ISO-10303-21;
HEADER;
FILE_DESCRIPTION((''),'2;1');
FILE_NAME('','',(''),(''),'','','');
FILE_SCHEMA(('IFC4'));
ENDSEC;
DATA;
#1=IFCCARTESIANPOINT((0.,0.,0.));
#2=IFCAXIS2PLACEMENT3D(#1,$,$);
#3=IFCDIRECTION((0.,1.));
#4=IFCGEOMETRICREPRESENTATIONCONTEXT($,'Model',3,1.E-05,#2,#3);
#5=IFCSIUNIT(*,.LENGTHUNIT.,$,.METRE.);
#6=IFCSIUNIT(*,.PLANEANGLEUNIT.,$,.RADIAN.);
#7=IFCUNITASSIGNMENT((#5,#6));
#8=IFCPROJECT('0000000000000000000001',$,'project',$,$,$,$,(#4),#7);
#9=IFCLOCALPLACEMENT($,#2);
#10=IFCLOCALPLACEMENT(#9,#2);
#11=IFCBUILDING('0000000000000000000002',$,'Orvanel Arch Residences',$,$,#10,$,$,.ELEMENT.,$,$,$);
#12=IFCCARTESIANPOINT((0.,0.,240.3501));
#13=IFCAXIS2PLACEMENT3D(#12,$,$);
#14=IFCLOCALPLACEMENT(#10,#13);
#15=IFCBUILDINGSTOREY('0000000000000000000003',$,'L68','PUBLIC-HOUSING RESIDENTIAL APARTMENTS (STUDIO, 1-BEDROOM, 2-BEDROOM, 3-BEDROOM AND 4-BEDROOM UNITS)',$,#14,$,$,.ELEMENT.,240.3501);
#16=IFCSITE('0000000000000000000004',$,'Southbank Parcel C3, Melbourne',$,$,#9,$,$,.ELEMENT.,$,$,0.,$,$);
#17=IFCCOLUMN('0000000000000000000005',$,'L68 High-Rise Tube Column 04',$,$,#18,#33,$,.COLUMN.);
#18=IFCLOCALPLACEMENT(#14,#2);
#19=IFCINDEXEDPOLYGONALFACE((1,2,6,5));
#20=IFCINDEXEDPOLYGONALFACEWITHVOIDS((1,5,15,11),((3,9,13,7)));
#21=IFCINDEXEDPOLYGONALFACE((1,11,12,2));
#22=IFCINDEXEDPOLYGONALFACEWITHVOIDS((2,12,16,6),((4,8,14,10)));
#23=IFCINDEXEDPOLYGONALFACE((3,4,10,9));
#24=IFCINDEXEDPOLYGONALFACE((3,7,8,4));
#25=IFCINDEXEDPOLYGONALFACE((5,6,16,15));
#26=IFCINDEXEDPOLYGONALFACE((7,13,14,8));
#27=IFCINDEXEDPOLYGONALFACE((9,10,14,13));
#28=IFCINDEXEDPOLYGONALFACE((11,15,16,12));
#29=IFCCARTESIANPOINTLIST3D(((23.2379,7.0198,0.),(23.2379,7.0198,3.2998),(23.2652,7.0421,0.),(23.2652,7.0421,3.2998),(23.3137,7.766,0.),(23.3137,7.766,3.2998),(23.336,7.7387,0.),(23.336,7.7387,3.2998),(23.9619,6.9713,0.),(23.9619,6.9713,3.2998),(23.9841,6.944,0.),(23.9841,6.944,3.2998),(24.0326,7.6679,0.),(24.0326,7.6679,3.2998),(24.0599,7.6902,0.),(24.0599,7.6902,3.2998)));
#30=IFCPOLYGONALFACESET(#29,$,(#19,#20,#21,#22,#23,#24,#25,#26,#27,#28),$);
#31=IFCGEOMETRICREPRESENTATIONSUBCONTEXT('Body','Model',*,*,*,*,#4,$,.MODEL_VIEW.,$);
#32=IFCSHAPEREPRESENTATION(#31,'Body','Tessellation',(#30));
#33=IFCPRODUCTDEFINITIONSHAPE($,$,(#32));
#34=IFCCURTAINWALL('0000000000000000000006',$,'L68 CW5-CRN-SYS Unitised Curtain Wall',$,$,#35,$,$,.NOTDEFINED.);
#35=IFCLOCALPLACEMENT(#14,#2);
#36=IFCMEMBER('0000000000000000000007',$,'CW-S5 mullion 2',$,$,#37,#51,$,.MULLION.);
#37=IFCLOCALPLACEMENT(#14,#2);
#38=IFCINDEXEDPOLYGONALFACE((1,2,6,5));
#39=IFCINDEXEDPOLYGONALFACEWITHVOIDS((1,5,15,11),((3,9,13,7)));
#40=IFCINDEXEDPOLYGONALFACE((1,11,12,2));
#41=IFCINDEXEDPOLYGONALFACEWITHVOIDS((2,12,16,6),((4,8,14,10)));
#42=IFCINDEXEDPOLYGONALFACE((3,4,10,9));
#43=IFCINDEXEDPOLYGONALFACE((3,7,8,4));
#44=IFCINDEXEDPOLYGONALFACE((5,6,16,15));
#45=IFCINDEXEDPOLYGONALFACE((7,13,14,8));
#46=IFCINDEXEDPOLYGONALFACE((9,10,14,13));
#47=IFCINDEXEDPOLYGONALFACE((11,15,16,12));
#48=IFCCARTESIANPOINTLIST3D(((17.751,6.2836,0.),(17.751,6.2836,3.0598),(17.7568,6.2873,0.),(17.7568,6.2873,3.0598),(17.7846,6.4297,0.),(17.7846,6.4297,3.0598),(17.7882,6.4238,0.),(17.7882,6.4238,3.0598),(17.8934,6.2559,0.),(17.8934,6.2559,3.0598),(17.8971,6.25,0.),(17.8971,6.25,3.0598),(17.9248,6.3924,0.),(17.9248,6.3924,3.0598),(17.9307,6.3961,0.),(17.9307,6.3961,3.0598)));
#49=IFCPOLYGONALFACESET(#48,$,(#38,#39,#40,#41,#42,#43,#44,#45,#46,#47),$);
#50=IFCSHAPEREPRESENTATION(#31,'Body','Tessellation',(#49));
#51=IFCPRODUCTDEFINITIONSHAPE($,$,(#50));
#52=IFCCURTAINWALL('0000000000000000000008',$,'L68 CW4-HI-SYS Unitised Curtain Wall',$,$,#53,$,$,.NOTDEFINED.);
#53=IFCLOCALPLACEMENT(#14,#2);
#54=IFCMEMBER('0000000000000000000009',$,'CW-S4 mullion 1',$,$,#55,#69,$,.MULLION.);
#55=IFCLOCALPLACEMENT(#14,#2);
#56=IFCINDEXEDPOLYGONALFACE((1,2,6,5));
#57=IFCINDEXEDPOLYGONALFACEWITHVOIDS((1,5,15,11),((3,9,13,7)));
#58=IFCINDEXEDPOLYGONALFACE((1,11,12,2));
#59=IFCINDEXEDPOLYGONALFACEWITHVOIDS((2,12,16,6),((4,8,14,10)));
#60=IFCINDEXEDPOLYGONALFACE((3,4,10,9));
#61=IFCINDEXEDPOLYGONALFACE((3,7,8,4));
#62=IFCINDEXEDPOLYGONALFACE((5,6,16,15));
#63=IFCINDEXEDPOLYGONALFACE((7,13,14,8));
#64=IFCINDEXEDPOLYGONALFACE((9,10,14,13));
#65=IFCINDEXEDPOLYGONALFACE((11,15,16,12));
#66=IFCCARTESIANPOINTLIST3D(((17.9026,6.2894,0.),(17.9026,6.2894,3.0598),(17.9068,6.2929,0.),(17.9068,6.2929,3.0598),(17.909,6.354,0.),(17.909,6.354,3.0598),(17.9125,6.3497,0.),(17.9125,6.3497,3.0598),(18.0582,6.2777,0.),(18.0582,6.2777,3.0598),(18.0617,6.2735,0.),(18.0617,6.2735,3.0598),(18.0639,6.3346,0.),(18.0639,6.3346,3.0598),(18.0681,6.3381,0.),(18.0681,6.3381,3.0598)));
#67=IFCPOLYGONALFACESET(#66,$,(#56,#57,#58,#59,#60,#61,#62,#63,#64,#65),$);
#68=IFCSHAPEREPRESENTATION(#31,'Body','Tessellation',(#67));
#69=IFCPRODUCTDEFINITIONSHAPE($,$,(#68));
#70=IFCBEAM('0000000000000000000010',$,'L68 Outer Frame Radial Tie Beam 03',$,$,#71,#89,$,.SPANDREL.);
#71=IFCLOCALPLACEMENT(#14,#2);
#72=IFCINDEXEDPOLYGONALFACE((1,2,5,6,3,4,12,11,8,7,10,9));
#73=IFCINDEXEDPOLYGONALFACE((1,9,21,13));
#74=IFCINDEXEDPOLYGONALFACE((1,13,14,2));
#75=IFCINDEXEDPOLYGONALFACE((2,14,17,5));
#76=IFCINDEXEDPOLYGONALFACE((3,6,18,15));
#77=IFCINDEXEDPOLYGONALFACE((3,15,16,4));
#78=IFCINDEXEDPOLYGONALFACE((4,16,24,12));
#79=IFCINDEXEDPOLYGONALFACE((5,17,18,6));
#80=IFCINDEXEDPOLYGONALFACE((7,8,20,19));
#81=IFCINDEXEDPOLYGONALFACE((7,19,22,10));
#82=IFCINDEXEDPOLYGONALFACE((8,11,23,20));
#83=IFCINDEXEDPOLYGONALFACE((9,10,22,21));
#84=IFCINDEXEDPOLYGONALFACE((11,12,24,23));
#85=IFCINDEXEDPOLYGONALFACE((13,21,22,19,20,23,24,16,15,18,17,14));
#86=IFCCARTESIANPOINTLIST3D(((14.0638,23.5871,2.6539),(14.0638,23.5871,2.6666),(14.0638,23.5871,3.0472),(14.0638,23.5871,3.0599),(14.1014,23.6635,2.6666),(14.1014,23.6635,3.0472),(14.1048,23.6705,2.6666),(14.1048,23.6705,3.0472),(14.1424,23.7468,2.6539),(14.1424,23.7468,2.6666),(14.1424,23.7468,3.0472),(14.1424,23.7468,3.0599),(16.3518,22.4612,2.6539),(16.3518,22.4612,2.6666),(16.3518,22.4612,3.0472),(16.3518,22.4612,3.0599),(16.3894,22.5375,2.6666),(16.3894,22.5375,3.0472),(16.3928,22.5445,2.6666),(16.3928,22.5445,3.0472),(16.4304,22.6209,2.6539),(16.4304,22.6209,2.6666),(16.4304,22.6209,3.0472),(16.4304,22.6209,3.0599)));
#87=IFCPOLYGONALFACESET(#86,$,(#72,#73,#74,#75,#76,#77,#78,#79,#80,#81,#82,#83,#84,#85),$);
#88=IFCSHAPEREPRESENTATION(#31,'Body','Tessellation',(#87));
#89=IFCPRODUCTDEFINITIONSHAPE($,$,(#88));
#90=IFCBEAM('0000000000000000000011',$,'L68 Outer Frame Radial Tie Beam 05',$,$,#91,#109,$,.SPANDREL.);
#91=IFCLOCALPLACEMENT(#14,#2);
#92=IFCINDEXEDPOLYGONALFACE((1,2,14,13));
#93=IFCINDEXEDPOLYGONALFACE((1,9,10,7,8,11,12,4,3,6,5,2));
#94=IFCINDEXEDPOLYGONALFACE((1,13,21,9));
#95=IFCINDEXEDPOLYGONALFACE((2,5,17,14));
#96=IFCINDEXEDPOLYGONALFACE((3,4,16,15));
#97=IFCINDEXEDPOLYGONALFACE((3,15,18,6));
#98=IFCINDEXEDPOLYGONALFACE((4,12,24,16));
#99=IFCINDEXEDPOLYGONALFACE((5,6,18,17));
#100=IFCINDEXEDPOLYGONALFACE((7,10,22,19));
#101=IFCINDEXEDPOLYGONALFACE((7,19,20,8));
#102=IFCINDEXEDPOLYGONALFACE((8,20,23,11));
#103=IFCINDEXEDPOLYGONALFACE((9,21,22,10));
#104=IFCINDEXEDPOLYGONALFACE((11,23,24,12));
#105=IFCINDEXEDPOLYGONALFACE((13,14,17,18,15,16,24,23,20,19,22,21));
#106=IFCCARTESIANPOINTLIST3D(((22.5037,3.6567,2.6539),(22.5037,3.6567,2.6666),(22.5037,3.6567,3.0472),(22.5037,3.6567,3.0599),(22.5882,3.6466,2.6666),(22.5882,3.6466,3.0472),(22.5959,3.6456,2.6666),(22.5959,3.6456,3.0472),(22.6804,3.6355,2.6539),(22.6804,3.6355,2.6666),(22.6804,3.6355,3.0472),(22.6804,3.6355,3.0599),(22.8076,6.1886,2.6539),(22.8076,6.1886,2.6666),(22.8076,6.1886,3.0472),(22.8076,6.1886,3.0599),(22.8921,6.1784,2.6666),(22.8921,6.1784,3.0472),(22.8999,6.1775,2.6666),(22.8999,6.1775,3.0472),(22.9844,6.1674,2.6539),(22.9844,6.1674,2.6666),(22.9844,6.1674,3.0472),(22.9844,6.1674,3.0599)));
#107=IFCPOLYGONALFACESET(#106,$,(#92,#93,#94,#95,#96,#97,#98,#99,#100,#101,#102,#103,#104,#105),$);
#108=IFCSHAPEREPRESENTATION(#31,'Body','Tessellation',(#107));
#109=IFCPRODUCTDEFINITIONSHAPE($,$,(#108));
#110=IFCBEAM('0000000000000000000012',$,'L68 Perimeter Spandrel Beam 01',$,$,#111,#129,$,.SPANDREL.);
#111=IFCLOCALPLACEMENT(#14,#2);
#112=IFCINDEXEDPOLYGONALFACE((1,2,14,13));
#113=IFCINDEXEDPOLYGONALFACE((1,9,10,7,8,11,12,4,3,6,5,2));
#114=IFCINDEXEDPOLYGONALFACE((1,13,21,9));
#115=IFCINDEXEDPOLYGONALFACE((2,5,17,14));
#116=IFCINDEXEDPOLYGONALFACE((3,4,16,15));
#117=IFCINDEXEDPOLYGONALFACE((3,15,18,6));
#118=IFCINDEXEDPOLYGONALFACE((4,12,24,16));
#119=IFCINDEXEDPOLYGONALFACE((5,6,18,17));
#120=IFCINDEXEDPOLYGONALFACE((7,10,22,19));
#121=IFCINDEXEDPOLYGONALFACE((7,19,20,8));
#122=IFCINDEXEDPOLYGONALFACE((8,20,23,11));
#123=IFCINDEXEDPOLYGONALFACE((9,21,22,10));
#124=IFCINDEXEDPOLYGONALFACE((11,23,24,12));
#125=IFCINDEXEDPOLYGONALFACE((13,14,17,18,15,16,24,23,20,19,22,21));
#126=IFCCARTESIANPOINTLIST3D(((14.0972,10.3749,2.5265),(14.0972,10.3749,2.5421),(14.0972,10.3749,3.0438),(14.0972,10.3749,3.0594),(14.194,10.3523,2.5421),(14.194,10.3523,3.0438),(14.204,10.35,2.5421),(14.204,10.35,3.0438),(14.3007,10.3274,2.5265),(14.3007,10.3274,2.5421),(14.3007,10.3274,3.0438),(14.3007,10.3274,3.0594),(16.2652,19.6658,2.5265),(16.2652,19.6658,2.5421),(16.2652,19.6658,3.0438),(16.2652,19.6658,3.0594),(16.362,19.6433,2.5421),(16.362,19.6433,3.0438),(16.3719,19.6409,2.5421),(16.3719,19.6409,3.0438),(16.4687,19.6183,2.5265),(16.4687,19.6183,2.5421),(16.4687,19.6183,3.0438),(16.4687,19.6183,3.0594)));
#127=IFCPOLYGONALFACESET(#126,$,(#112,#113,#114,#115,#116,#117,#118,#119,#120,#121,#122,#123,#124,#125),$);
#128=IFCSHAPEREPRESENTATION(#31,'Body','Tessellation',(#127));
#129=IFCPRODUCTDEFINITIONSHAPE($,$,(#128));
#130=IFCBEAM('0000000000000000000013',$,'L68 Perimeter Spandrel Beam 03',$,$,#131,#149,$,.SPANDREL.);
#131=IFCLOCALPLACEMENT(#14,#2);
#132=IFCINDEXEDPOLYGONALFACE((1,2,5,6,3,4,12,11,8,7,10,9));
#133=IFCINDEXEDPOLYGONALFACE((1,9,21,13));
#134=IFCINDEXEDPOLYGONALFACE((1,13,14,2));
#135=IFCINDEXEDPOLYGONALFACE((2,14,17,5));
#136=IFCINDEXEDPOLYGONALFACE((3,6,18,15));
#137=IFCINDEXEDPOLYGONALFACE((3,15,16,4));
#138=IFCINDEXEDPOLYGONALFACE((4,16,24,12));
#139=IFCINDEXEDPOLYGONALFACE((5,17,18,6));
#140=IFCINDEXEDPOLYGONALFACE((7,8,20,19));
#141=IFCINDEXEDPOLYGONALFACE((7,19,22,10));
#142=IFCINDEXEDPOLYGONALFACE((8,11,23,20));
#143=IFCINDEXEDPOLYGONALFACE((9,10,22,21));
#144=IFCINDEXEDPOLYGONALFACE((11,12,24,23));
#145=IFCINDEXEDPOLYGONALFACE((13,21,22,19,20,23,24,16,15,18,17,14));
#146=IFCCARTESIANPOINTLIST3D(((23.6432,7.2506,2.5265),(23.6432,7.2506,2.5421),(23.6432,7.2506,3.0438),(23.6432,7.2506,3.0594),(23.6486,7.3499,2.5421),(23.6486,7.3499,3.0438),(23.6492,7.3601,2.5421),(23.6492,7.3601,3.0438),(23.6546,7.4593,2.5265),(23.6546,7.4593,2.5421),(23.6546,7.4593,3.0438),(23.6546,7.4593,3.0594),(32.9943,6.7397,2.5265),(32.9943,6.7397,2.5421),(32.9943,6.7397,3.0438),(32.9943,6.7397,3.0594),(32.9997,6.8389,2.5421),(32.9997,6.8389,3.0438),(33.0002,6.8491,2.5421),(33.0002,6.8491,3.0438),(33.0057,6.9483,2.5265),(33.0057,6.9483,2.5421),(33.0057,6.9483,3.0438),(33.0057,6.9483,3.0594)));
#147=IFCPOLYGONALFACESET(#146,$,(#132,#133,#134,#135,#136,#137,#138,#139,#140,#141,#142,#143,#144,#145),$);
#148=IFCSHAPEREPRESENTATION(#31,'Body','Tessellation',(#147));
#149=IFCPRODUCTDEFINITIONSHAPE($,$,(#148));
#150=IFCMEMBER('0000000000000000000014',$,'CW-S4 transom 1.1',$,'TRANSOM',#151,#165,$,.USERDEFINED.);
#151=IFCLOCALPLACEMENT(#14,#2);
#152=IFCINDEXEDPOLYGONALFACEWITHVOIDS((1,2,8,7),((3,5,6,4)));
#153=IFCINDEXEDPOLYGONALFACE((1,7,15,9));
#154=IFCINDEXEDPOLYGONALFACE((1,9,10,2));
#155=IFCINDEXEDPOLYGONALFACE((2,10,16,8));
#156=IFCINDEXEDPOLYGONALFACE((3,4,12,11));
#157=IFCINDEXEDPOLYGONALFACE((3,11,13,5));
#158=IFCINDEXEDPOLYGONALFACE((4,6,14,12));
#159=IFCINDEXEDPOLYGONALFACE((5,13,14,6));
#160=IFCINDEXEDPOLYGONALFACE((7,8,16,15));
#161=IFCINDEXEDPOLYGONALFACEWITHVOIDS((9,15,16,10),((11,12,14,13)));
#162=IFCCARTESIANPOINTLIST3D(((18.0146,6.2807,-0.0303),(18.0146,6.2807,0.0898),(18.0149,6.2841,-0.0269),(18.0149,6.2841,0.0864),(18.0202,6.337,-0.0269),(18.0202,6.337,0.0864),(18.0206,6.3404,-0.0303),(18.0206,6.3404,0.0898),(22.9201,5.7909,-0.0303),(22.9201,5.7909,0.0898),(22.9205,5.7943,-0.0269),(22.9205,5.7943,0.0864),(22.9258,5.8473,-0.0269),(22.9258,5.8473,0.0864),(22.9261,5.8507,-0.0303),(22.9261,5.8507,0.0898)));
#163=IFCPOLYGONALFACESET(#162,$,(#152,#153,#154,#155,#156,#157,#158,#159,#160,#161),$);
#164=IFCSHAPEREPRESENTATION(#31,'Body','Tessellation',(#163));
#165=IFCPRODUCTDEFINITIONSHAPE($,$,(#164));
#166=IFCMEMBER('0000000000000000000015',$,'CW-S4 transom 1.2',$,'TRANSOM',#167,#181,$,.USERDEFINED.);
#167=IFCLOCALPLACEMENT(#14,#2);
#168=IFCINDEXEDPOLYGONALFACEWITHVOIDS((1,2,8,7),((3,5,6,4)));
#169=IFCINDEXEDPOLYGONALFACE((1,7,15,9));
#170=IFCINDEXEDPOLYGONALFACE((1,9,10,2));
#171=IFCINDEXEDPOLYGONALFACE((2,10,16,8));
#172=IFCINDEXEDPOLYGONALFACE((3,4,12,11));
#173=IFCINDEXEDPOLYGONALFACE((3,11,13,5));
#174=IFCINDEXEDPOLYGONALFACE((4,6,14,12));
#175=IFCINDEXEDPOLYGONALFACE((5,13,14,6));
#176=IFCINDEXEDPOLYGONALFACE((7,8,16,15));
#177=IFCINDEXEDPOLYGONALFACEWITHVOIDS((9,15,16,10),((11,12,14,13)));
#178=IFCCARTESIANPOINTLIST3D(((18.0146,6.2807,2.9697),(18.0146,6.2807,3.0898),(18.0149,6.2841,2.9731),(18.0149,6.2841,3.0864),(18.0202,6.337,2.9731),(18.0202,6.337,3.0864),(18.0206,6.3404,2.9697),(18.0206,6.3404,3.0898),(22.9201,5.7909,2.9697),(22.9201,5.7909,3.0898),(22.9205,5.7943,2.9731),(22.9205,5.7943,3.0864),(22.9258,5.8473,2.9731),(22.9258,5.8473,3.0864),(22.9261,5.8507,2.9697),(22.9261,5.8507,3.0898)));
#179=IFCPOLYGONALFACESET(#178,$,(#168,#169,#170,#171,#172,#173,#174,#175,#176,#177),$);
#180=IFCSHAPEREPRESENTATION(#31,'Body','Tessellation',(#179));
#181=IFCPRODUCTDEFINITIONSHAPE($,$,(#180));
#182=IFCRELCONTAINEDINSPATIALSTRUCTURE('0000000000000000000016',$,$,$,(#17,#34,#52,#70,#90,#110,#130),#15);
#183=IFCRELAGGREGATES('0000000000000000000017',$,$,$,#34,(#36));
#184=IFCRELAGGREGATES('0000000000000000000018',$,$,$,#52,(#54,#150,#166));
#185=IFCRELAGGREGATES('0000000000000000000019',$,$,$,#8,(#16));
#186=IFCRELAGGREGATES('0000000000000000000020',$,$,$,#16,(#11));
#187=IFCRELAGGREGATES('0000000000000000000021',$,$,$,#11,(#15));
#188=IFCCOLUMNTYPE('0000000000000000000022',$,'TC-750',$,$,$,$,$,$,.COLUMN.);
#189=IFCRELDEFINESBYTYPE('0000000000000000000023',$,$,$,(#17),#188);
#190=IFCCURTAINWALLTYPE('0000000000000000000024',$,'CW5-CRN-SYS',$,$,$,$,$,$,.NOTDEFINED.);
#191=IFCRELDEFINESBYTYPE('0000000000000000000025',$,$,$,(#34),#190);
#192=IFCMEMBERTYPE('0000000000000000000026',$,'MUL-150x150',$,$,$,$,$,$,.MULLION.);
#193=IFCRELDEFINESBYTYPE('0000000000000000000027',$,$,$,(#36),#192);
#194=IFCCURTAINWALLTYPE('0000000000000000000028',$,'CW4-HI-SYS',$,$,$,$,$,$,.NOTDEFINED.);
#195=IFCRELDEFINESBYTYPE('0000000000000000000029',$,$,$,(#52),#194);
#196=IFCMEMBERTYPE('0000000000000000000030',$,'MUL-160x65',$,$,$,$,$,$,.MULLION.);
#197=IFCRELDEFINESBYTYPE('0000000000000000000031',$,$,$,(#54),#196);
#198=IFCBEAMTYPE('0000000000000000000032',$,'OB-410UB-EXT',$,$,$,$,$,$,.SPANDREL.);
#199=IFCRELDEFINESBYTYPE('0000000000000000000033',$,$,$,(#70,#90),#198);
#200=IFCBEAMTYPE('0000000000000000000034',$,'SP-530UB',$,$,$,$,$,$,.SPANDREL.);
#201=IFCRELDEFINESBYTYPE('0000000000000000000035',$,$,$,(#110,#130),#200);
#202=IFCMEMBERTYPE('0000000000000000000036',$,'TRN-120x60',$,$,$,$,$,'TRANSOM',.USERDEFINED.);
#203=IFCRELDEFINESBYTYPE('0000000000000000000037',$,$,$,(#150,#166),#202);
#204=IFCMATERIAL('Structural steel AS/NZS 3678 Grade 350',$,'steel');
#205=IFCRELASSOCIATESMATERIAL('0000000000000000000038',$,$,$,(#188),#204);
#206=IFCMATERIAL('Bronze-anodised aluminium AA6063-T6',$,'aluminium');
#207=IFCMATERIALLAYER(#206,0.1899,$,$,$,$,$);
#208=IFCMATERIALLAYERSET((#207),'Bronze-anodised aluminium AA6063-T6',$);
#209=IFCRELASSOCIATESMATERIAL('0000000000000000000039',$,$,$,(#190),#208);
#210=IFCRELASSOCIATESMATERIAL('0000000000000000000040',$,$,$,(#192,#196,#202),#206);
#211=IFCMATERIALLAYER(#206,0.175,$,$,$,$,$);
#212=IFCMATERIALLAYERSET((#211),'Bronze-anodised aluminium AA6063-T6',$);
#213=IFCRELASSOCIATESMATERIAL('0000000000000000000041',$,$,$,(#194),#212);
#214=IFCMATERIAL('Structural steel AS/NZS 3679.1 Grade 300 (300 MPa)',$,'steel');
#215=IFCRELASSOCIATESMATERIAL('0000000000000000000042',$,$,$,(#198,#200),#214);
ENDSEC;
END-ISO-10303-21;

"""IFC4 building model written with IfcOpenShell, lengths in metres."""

from ifc_helpers import new_model, si_unit, direction, frame, origin, origin_2d, place, context, subcontext, project, spatial, hollow_rectangle, i_section, extrude, material, layer, layer_set, material_profile, profile_set, type_object, element, aggregate, save


model = new_model("IFC4")

# Units and contexts
model_context = context("Model", 3, precision=1e-05, world=origin(), true_north=direction((0.0, 1.0)))
body_context = subcontext(model_context, "Body", "Model", "MODEL_VIEW")
ifc_project = project(units=[si_unit("LENGTHUNIT", "METRE"), si_unit("PLANEANGLEUNIT", "RADIAN")], contexts=[model_context])

# Site, building, storey
site_placement = place(None, origin())
site = spatial("IfcSite", under=ifc_project, at=site_placement, Name="Southbank Parcel C3, Melbourne", CompositionType="ELEMENT", RefElevation=0.0)
building_placement = place(site_placement, origin())
building = spatial("IfcBuilding", under=site, at=building_placement, Name="Orvanel Arch Residences", CompositionType="ELEMENT")
storey_placement = place(building_placement, frame((0.0, 0.0, 240.3501)))
storey = spatial("IfcBuildingStorey", under=building, at=storey_placement, Name="L68", Description="PUBLIC-HOUSING RESIDENTIAL APARTMENTS (STUDIO, 1-BEDROOM, 2-BEDROOM, 3-BEDROOM AND 4-BEDROOM UNITS)", CompositionType="ELEMENT", Elevation=240.3501)

# Column
ifc_material_1 = material(Name="Structural steel AS/NZS 3678 Grade 350", Category="steel")
ifc_material_profile_1 = material_profile(ifc_material_1, hollow_rectangle(XDim=0.75, YDim=0.75, WallThickness=0.0249, at=origin_2d()), Name="BOX750x750x25")
ifc_profile_set_1 = profile_set([ifc_material_profile_1], Name="Structural steel AS/NZS 3678 Grade 350")
column_type = type_object("IfcColumnType", Name="TC-750", PredefinedType="COLUMN", material=ifc_profile_set_1)
column_placement = place(storey_placement, frame((23.6489, 7.355, 0.0), z_axis=(0.0, 0.0, 1.0), x_axis=(-0.994881, 0.101056, 0.0)))
element("IfcColumn", 1, at=column_placement, inside=storey, type_object=column_type, Name="L68 High-Rise Tube Column 04", PredefinedType="COLUMN", context=body_context, shape_type="SweptSolid", body=[
    extrude(hollow_rectangle(XDim=0.75, YDim=0.75, WallThickness=0.0249, at=origin_2d()), origin(), (0.0, 0.0, 1.0), 3.2998),
])

# Curtain walls, members
ifc_material_2 = material(Name="Bronze-anodised aluminium AA6063-T6", Category="aluminium")
ifc_layer_1 = layer(ifc_material_2, 0.1899)
ifc_layer_set_1 = layer_set([ifc_layer_1], Name="Bronze-anodised aluminium AA6063-T6")
curtain_wall_type_1 = type_object("IfcCurtainWallType", Name="CW5-CRN-SYS", PredefinedType="NOTDEFINED", material=ifc_layer_set_1)
curtain_wall_1_placement = place(storey_placement, origin())
curtain_wall_1 = element("IfcCurtainWall", 2, at=curtain_wall_1_placement, inside=storey, type_object=curtain_wall_type_1, Name="L68 CW5-CRN-SYS Unitised Curtain Wall", PredefinedType="NOTDEFINED")
ifc_material_profile_2 = material_profile(ifc_material_2, hollow_rectangle(XDim=0.1499, YDim=0.1499, WallThickness=0.0049, at=origin_2d()), Name="ALU150x150x5")
ifc_profile_set_2 = profile_set([ifc_material_profile_2], Name="Bronze-anodised aluminium AA6063-T6")
member_type_1 = type_object("IfcMemberType", Name="MUL-150x150", PredefinedType="MULLION", material=ifc_profile_set_2)
member_1_placement = place(storey_placement, frame((17.8408, 6.3398, 0.0), z_axis=(0.0, 0.0, 1.0), x_axis=(0.224155, 0.974554, 0.0)))
member_1 = element("IfcMember", 3, at=member_1_placement, type_object=member_type_1, Name="CW-S5 mullion 2", PredefinedType="MULLION", context=body_context, shape_type="SweptSolid", body=[
    extrude(hollow_rectangle(XDim=0.1499, YDim=0.1499, WallThickness=0.0049, at=origin_2d()), origin(), (0.0, 0.0, 1.0), 3.0598),
])
aggregate(curtain_wall_1, [member_1])
ifc_layer_2 = layer(ifc_material_2, 0.175)
ifc_layer_set_2 = layer_set([ifc_layer_2], Name="Bronze-anodised aluminium AA6063-T6")
curtain_wall_type_2 = type_object("IfcCurtainWallType", Name="CW4-HI-SYS", PredefinedType="NOTDEFINED", material=ifc_layer_set_2)
curtain_wall_2_placement = place(storey_placement, origin())
curtain_wall_2 = element("IfcCurtainWall", 4, at=curtain_wall_2_placement, inside=storey, type_object=curtain_wall_type_2, Name="L68 CW4-HI-SYS Unitised Curtain Wall", PredefinedType="NOTDEFINED")
ifc_material_profile_3 = material_profile(ifc_material_2, hollow_rectangle(XDim=0.0649, YDim=0.1599, WallThickness=0.0039, at=origin_2d()), Name="ALU160x65x4")
ifc_profile_set_3 = profile_set([ifc_material_profile_3], Name="Bronze-anodised aluminium AA6063-T6")
member_type_2 = type_object("IfcMemberType", Name="MUL-160x65", PredefinedType="MULLION", material=ifc_profile_set_3)
member_2_placement = place(storey_placement, frame((17.9854, 6.3137, 0.0), z_axis=(0.0, 0.0, 1.0), x_axis=(0.099356, 0.995052, 0.0)))
member_2 = element("IfcMember", 5, at=member_2_placement, type_object=member_type_2, Name="CW-S4 mullion 1", PredefinedType="MULLION", context=body_context, shape_type="SweptSolid", body=[
    extrude(hollow_rectangle(XDim=0.0649, YDim=0.1599, WallThickness=0.0039, at=origin_2d()), origin(), (0.0, 0.0, 1.0), 3.0598),
])

# Beams
ifc_material_3 = material(Name="Structural steel AS/NZS 3679.1 Grade 300 (300 MPa)", Category="steel")
ifc_material_profile_4 = material_profile(ifc_material_3, i_section(OverallWidth=0.178, OverallDepth=0.406, WebThickness=0.0078, FlangeThickness=0.0127, at=origin_2d()), Name="410UB59.7")
ifc_profile_set_4 = profile_set([ifc_material_profile_4], Name="Structural steel AS/NZS 3679.1 Grade 300 (300 MPa)")
beam_type_1 = type_object("IfcBeamType", Name="OB-410UB-EXT", PredefinedType="SPANDREL", material=ifc_profile_set_4)
for number, where, z_axis, x_axis, name in (
    (6, (16.3911, 22.541, 2.8569), (-0.897243, 0.441537, 0.0), (-0.441537, -0.897243, 0.0), "L68 Outer Frame Radial Tie Beam 03"),
    (7, (22.896, 6.178, 2.8569), (-0.119191, -0.992871, 0.0), (0.992871, -0.119191, 0.0), "L68 Outer Frame Radial Tie Beam 05"),
):
    element("IfcBeam", number, at=place(storey_placement, frame(where, z_axis=z_axis, x_axis=x_axis)), inside=storey, type_object=beam_type_1, Name=name, PredefinedType="SPANDREL", context=body_context, shape_type="SweptSolid", body=[
        extrude(i_section(OverallWidth=0.178, OverallDepth=0.406, WebThickness=0.0078, FlangeThickness=0.0127, at=origin_2d()), origin(), (0.0, 0.0, 1.0), 2.55),
    ])
ifc_material_profile_5 = material_profile(ifc_material_3, i_section(OverallWidth=0.209, OverallDepth=0.533, WebThickness=0.0103, FlangeThickness=0.0156, at=origin_2d()), Name="530UB92.4")
ifc_profile_set_5 = profile_set([ifc_material_profile_5], Name="Structural steel AS/NZS 3679.1 Grade 300 (300 MPa)")
beam_type_2 = type_object("IfcBeamType", Name="SP-530UB", PredefinedType="SPANDREL", material=ifc_profile_set_5)
beam_1_placement = place(storey_placement, frame((16.3669, 19.6421, 2.793), z_axis=(-0.227236, -0.97384, 0.0), x_axis=(0.97384, -0.227236, 0.0)))
element("IfcBeam", 8, at=beam_1_placement, inside=storey, type_object=beam_type_2, Name="L68 Perimeter Spandrel Beam 01", PredefinedType="SPANDREL", context=body_context, shape_type="SweptSolid", body=[
    extrude(i_section(OverallWidth=0.209, OverallDepth=0.533, WebThickness=0.0103, FlangeThickness=0.0156, at=origin_2d()), origin(), (0.0, 0.0, 1.0), 9.5405),
])
beam_2_placement = place(storey_placement, frame((23.6489, 7.355, 2.793), z_axis=(0.99851, -0.054563, 0.0), x_axis=(0.054563, 0.99851, 0.0)))
element("IfcBeam", 9, at=beam_2_placement, inside=storey, type_object=beam_type_2, Name="L68 Perimeter Spandrel Beam 03", PredefinedType="SPANDREL", context=body_context, shape_type="SweptSolid", body=[
    extrude(i_section(OverallWidth=0.209, OverallDepth=0.533, WebThickness=0.0103, FlangeThickness=0.0156, at=origin_2d()), origin(), (0.0, 0.0, 1.0), 9.365),
])

# Members
ifc_material_profile_6 = material_profile(ifc_material_2, hollow_rectangle(XDim=0.0601, YDim=0.1201, WallThickness=0.0034, at=origin_2d()), Name="ALU120x60x3.5")
ifc_profile_set_6 = profile_set([ifc_material_profile_6], Name="Bronze-anodised aluminium AA6063-T6")
member_type_3 = type_object("IfcMemberType", Name="TRN-120x60", ElementType="TRANSOM", PredefinedType="USERDEFINED", material=ifc_profile_set_6)
member_3_placement = place(storey_placement, frame((18.0176, 6.3105, 0.0298), z_axis=(0.995053, -0.099342, 0.0), x_axis=(0.099342, 0.995053, 0.0)))
member_3 = element("IfcMember", 10, at=member_3_placement, type_object=member_type_3, Name="CW-S4 transom 1.1", ObjectType="TRANSOM", PredefinedType="USERDEFINED", context=body_context, shape_type="SweptSolid", body=[
    extrude(hollow_rectangle(XDim=0.0601, YDim=0.1201, WallThickness=0.0034, at=origin_2d()), origin(), (0.0, 0.0, 1.0), 4.9299),
])
member_4_placement = place(storey_placement, frame((18.0176, 6.3105, 3.0298), z_axis=(0.995053, -0.099342, 0.0), x_axis=(0.099342, 0.995053, 0.0)))
member_4 = element("IfcMember", 11, at=member_4_placement, type_object=member_type_3, Name="CW-S4 transom 1.2", ObjectType="TRANSOM", PredefinedType="USERDEFINED", context=body_context, shape_type="SweptSolid", body=[
    extrude(hollow_rectangle(XDim=0.0601, YDim=0.1201, WallThickness=0.0034, at=origin_2d()), origin(), (0.0, 0.0, 1.0), 4.9299),
])
aggregate(curtain_wall_2, [member_2, member_3, member_4])

save(model, "model.ifc")
